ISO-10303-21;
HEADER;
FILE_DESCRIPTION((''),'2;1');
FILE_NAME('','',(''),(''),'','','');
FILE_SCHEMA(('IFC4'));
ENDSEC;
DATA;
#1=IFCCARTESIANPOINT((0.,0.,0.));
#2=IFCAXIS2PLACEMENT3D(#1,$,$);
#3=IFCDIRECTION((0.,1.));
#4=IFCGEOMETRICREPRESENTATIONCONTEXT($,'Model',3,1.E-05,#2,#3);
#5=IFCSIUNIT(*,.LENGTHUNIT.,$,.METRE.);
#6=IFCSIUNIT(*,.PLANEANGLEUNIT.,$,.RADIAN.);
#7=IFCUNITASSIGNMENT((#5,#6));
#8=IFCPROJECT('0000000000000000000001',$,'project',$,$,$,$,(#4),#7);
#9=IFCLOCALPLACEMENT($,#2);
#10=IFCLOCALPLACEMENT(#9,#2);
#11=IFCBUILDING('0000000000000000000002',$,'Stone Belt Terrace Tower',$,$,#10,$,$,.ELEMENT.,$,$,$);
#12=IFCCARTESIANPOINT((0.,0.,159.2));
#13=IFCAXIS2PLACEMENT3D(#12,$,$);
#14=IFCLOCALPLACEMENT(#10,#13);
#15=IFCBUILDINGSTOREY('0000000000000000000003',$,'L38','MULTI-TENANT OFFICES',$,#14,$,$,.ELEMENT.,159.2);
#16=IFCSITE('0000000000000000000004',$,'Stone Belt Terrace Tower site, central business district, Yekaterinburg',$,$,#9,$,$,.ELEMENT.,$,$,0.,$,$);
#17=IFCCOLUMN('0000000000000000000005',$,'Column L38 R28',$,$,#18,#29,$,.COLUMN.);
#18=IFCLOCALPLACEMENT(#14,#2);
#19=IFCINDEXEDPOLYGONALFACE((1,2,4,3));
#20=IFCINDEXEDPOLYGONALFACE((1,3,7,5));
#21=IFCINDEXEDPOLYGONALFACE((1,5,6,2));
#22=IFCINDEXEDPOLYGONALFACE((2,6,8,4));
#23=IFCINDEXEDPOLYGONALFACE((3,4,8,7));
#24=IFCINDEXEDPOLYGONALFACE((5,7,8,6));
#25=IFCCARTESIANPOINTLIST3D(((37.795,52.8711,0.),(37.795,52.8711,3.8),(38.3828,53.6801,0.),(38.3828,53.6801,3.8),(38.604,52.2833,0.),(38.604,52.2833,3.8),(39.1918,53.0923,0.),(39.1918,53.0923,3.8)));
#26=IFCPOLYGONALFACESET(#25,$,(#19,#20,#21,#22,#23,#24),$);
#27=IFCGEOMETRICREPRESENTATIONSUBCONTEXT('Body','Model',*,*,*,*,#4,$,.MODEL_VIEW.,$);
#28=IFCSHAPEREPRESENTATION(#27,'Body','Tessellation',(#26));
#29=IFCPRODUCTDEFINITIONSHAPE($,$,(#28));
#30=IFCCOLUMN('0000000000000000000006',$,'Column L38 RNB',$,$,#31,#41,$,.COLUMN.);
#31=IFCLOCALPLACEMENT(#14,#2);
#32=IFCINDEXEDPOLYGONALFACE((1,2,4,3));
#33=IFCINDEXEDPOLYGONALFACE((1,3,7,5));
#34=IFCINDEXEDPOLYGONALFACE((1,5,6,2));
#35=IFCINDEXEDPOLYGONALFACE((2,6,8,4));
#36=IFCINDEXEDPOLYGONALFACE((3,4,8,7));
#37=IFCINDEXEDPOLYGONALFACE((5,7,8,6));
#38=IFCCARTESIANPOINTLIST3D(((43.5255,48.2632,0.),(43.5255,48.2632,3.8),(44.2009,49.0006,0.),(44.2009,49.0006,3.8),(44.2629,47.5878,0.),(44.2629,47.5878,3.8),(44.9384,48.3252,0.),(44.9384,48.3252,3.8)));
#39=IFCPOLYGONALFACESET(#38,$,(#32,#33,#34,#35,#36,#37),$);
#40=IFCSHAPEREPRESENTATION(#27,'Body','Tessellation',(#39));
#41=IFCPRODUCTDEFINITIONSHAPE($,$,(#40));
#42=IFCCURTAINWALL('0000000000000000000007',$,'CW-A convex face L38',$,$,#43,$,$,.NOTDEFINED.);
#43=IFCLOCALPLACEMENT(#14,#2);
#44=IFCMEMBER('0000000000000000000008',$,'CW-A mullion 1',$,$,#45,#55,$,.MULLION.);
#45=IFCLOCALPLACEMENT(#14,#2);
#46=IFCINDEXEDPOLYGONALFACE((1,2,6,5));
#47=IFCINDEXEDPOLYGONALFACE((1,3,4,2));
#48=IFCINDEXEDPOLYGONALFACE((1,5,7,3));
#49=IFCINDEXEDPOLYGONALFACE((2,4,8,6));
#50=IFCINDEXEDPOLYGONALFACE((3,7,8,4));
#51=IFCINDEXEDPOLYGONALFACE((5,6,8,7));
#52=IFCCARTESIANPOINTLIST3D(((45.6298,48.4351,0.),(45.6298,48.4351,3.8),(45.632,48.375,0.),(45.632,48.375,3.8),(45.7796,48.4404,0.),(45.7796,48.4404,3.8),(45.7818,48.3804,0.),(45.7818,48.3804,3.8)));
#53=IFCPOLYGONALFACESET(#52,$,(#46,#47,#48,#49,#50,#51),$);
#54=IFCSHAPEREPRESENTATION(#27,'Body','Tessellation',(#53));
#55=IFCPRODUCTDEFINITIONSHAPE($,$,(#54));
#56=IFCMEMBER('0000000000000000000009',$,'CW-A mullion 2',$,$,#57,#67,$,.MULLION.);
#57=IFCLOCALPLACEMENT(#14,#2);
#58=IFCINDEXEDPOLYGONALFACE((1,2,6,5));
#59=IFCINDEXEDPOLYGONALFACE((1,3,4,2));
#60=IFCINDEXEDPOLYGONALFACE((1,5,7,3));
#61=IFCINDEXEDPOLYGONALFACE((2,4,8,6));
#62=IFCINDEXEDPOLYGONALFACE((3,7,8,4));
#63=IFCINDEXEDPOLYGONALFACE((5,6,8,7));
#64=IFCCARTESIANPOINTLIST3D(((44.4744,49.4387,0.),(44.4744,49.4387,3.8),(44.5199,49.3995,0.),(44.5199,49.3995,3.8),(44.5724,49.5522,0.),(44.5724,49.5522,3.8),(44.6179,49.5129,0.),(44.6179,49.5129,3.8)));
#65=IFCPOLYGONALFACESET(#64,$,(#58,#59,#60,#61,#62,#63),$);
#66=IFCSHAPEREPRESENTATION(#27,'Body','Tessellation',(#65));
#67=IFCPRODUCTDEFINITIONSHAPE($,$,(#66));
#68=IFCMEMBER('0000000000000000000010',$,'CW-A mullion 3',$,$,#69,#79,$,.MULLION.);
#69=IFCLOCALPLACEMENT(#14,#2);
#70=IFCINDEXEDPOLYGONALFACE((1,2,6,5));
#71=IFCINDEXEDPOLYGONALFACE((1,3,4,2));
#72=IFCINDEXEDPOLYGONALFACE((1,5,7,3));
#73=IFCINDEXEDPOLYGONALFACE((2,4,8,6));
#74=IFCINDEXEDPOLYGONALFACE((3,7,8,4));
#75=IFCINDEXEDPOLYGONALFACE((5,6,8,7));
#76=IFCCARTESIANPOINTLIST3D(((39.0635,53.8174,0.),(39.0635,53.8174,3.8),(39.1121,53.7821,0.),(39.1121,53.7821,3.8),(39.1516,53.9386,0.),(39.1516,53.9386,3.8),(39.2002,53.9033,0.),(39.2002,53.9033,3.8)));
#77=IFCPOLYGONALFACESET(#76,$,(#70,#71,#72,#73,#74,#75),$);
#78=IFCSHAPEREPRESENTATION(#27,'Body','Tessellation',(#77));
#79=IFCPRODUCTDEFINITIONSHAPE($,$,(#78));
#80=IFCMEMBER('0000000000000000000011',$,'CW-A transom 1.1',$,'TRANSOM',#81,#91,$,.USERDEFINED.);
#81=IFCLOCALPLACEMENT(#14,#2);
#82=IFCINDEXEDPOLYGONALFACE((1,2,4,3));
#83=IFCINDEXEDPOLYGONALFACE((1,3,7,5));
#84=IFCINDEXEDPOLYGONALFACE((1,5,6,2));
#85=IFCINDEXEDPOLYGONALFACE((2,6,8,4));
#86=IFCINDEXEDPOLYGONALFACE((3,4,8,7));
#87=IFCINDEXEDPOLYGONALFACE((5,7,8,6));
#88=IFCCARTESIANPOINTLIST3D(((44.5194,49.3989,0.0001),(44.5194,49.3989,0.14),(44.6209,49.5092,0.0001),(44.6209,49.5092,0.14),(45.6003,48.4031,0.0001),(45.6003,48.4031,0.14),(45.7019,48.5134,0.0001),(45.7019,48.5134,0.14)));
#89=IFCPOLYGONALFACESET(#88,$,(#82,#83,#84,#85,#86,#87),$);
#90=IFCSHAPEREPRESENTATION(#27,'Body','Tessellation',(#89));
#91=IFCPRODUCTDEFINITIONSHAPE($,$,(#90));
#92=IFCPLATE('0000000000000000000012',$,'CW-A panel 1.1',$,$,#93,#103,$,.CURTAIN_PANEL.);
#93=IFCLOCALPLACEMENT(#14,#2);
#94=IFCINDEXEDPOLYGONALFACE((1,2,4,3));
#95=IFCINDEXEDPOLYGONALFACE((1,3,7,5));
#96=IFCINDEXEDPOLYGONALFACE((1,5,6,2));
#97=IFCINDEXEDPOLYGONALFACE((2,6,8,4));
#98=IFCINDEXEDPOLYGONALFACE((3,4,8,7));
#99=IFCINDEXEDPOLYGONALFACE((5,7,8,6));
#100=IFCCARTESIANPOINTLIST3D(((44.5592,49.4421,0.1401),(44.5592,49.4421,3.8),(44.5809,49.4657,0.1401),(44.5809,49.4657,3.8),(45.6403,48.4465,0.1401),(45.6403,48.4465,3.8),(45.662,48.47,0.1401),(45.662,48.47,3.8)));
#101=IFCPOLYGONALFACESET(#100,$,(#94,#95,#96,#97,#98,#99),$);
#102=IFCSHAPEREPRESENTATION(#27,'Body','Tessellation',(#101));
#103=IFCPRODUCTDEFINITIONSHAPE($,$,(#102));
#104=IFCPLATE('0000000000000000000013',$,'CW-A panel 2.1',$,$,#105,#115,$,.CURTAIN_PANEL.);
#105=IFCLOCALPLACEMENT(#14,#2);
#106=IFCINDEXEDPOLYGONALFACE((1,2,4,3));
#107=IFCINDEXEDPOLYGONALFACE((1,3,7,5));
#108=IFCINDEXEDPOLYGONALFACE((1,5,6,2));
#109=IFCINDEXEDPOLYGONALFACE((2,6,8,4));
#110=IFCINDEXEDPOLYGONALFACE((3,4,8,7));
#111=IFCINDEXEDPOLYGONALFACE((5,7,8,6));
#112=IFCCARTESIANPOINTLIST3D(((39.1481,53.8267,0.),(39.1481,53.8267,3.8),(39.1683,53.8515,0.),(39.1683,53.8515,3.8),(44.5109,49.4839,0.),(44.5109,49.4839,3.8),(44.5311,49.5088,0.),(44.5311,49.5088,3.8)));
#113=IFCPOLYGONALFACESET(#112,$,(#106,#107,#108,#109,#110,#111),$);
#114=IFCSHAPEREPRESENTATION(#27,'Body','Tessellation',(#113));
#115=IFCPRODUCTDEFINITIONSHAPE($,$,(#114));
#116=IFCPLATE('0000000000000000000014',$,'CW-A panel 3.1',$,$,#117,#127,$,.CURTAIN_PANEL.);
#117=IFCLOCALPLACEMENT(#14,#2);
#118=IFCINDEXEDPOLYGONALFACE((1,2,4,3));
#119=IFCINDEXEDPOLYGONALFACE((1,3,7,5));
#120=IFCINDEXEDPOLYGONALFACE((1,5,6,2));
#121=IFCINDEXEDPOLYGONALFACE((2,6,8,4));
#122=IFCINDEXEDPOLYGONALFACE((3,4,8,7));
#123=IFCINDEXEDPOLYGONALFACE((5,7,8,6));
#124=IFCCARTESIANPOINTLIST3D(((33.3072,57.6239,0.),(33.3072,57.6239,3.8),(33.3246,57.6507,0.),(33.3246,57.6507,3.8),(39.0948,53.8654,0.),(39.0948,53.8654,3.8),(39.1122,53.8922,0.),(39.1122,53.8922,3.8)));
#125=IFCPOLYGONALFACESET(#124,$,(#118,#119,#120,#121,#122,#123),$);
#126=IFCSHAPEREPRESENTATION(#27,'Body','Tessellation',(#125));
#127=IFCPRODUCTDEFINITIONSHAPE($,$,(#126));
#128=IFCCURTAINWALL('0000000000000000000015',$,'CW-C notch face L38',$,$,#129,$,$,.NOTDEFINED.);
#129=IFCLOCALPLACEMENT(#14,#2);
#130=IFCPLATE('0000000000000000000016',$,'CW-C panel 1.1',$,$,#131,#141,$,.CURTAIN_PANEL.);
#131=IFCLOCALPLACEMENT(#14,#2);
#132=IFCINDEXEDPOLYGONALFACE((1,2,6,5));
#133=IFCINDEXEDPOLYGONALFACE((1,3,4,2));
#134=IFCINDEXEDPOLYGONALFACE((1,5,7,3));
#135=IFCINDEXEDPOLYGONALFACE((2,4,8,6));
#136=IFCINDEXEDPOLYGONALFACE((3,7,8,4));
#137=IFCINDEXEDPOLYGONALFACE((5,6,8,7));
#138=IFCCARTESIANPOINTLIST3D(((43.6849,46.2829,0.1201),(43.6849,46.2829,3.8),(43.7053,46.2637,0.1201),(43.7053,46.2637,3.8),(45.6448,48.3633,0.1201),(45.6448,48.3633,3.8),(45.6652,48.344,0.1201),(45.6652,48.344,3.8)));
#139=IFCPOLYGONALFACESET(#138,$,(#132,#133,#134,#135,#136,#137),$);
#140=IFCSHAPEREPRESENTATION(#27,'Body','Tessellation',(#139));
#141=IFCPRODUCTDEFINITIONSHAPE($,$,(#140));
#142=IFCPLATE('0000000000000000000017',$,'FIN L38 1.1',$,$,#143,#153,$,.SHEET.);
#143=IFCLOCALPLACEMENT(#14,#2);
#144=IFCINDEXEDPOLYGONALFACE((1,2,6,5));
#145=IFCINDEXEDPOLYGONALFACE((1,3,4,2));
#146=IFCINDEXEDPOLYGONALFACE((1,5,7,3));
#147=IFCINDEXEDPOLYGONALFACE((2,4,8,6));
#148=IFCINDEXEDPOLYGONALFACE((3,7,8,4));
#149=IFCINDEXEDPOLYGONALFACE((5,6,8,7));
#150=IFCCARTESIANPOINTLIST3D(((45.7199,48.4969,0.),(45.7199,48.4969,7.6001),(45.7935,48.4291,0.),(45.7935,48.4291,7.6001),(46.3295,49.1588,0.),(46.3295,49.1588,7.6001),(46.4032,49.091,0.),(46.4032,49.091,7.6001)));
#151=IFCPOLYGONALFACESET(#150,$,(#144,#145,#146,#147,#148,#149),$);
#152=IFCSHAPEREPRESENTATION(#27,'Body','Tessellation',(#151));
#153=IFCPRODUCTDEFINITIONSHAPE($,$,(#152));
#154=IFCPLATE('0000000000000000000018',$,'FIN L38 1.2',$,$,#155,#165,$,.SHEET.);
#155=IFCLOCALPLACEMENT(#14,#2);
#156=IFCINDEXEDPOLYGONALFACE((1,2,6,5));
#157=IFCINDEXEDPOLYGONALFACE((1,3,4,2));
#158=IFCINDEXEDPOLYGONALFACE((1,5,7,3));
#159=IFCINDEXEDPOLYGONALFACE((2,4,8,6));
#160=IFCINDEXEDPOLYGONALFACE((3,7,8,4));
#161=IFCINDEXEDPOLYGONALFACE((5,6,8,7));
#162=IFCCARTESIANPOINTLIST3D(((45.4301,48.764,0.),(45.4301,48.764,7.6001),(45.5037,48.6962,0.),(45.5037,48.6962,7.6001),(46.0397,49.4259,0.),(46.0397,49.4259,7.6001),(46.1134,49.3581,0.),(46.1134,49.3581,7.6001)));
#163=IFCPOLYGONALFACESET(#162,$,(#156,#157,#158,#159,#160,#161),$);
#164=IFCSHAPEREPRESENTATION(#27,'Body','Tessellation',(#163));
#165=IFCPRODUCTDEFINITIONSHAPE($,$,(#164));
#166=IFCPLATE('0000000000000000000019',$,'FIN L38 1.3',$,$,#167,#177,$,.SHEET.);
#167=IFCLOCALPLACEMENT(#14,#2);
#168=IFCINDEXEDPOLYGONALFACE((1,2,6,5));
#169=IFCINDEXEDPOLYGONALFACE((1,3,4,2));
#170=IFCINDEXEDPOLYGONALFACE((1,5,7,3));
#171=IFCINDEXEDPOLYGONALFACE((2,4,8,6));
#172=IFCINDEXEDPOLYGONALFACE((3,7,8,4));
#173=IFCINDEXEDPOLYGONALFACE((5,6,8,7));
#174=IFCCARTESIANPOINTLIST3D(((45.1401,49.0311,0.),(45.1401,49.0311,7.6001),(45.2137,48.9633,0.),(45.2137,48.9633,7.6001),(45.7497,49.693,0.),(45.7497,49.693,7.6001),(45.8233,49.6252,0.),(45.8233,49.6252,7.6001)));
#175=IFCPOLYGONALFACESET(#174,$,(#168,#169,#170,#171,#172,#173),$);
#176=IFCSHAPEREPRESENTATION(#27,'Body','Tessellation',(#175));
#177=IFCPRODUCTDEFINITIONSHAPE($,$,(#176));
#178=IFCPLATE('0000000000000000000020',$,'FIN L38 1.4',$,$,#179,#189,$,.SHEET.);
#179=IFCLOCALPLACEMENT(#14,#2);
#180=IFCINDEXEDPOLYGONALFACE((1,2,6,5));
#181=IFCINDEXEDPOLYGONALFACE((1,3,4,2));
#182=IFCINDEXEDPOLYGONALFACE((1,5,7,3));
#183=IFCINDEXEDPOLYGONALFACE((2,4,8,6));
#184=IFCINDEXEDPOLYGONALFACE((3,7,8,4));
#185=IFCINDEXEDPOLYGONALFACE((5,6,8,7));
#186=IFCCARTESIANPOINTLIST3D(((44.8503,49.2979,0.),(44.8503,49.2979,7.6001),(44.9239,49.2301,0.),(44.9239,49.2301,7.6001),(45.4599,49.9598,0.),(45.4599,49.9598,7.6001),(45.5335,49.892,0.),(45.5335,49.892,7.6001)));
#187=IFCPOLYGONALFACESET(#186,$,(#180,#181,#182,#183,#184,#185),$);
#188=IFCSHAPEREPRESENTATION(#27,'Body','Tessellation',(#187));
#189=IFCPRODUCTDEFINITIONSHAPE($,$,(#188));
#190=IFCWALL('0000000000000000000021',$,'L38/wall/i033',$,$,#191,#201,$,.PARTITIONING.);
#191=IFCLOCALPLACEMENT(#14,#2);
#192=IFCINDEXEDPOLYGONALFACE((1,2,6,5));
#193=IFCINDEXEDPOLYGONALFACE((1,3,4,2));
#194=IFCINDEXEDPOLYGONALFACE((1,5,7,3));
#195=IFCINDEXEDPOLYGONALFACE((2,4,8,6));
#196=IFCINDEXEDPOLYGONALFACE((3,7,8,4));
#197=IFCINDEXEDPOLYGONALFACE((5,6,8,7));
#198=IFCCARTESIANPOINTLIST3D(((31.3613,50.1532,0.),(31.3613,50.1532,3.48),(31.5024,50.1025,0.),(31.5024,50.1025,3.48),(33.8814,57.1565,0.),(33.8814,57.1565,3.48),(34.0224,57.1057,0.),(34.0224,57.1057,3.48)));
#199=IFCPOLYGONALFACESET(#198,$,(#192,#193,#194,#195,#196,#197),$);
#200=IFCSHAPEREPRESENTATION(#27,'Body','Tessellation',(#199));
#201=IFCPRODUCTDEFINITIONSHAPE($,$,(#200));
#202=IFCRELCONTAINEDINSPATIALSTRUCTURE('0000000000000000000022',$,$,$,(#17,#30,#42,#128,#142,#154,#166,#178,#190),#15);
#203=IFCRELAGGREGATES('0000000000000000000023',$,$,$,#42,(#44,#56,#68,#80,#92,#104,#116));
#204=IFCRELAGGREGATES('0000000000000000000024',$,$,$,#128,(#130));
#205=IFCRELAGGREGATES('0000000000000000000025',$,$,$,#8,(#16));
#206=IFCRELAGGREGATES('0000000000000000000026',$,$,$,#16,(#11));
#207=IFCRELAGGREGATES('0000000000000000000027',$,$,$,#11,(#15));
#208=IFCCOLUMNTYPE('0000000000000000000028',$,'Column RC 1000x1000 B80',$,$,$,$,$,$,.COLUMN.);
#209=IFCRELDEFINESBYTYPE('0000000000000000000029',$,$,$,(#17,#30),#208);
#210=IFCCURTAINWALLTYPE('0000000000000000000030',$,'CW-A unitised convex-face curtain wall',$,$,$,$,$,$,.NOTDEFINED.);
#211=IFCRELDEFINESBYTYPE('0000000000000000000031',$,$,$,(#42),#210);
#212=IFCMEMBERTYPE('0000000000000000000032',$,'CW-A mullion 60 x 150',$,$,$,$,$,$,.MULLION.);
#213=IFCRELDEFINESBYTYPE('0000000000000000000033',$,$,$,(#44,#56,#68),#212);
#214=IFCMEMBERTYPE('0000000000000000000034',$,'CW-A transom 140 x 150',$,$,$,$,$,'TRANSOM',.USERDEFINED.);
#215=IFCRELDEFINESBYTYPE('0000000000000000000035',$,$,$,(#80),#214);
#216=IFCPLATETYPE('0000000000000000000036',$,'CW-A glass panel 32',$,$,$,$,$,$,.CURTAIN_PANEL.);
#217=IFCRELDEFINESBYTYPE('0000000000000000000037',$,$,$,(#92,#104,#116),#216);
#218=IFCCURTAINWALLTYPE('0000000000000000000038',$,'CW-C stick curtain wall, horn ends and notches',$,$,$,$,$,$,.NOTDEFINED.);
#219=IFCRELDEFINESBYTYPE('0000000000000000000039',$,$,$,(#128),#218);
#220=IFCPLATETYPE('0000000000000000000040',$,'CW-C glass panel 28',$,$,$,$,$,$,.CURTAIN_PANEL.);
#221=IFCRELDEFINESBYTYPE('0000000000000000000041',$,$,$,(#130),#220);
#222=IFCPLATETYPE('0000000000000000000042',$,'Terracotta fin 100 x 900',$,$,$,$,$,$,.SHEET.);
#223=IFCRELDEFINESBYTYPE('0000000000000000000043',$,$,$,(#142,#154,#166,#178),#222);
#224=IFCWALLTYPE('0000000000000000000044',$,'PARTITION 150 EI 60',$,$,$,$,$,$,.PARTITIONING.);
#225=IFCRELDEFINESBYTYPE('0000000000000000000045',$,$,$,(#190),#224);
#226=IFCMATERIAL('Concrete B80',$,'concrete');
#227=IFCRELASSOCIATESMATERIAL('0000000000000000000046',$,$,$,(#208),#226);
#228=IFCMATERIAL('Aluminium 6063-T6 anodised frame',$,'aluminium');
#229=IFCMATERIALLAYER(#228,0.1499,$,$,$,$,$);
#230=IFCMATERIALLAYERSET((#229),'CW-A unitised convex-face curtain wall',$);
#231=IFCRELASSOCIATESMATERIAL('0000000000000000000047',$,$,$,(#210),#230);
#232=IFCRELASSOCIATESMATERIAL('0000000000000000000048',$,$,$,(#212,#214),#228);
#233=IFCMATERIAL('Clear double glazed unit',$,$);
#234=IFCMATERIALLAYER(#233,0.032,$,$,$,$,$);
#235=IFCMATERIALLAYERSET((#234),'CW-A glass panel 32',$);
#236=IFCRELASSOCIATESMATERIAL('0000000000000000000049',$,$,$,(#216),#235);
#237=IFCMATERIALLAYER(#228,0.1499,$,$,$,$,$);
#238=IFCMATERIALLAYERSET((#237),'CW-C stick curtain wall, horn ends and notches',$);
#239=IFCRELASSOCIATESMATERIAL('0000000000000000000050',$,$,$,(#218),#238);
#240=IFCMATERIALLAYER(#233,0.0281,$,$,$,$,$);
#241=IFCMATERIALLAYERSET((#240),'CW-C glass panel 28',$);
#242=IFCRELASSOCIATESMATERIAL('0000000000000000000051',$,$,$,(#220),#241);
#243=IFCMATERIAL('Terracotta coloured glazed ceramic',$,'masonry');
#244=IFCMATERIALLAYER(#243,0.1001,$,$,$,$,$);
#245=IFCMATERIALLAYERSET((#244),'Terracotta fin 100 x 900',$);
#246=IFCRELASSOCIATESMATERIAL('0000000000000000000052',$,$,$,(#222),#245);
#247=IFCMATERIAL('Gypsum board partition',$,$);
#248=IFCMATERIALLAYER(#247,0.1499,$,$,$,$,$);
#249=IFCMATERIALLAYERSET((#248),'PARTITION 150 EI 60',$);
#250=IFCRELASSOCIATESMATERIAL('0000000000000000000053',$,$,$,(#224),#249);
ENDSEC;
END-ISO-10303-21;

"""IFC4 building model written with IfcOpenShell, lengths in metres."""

from ifc_helpers import new_model, si_unit, direction, frame, frame_2d, origin, origin_2d, place, context, subcontext, project, spatial, rectangle, extrude, material, layer, layer_set, material_profile, profile_set, type_object, element, aggregate, save


model = new_model("IFC4")

# Units and contexts
model_context = context("Model", 3, precision=1e-05, world=origin(), true_north=direction((0.0, 1.0)))
body_context = subcontext(model_context, "Body", "Model", "MODEL_VIEW")
ifc_project = project(units=[si_unit("LENGTHUNIT", "METRE"), si_unit("PLANEANGLEUNIT", "RADIAN")], contexts=[model_context])

# Site, building, storey
site_placement = place(None, origin())
site = spatial("IfcSite", under=ifc_project, at=site_placement, Name="Stone Belt Terrace Tower site, central business district, Yekaterinburg", CompositionType="ELEMENT", RefElevation=0.0)
building_placement = place(site_placement, origin())
building = spatial("IfcBuilding", under=site, at=building_placement, Name="Stone Belt Terrace Tower", CompositionType="ELEMENT")
storey_placement = place(building_placement, frame((0.0, 0.0, 159.2)))
storey = spatial("IfcBuildingStorey", under=building, at=storey_placement, Name="L38", Description="MULTI-TENANT OFFICES", CompositionType="ELEMENT", Elevation=159.2)

# Columns
ifc_material_1 = material(Name="Concrete B80", Category="concrete")
ifc_material_profile_1 = material_profile(ifc_material_1, rectangle(XDim=1.0, YDim=1.0, at=origin_2d()), Name="RC 1000x1000")
ifc_profile_set_1 = profile_set([ifc_material_profile_1], Name="Concrete B80")
column_type = type_object("IfcColumnType", Name="Column RC 1000x1000 B80", PredefinedType="COLUMN", material=ifc_profile_set_1)
for number, where, z_axis, x_axis, name in (
    (1, (38.4934, 52.9817, 0.0), (0.0, 0.0, 1.0), (0.809017, -0.587785, 0.0), "Column L38 R28"),
    (2, (44.2319, 48.2942, 0.0), (0.0, 0.0, 1.0), (0.737441, -0.675411, 0.0), "Column L38 RNB"),
):
    element("IfcColumn", number, at=place(storey_placement, frame(where, z_axis=z_axis, x_axis=x_axis)), inside=storey, type_object=column_type, Name=name, PredefinedType="COLUMN", context=body_context, shape_type="SweptSolid", body=[
        extrude(rectangle(XDim=1.0, YDim=1.0, at=origin_2d()), origin(), (0.0, 0.0, 1.0), 3.8),
    ])

# Curtain wall, members, plates
ifc_material_2 = material(Name="Aluminium 6063-T6 anodised frame", Category="aluminium")
ifc_layer_1 = layer(ifc_material_2, 0.1499)
ifc_layer_set_1 = layer_set([ifc_layer_1], Name="CW-A unitised convex-face curtain wall")
curtain_wall_type_1 = type_object("IfcCurtainWallType", Name="CW-A unitised convex-face curtain wall", PredefinedType="NOTDEFINED", material=ifc_layer_set_1)
curtain_wall_1_placement = place(storey_placement, origin())
curtain_wall_1 = element("IfcCurtainWall", 3, at=curtain_wall_1_placement, inside=storey, type_object=curtain_wall_type_1, Name="CW-A convex face L38", PredefinedType="NOTDEFINED")
ifc_material_profile_2 = material_profile(ifc_material_2, rectangle(XDim=0.1499, YDim=0.0601, at=origin_2d()), Name="Aluminium 6063-T6 60x150")
ifc_profile_set_2 = profile_set([ifc_material_profile_2], Name="Aluminium 6063-T6 anodised frame")
member_type_1 = type_object("IfcMemberType", Name="CW-A mullion 60 x 150", PredefinedType="MULLION", material=ifc_profile_set_2)
member_1_placement = place(storey_placement, frame((45.7058, 48.4077, 0.0), z_axis=(0.0, 0.0, 1.0), x_axis=(-0.999371, -0.035453, 0.0)))
member_1 = element("IfcMember", 4, at=member_1_placement, type_object=member_type_1, Name="CW-A mullion 1", PredefinedType="MULLION", context=body_context, shape_type="SweptSolid", body=[
    extrude(rectangle(XDim=0.1499, YDim=0.0601, at=origin_2d()), origin(), (0.0, 0.0, 1.0), 3.8),
])
member_2_placement = place(storey_placement, frame((44.5461, 49.4758, 0.0), z_axis=(0.0, 0.0, 1.0), x_axis=(-0.653721, -0.756736, 0.0)))
member_2 = element("IfcMember", 5, at=member_2_placement, type_object=member_type_1, Name="CW-A mullion 2", PredefinedType="MULLION", context=body_context, shape_type="SweptSolid", body=[
    extrude(rectangle(XDim=0.1499, YDim=0.0601, at=origin_2d()), origin(), (0.0, 0.0, 1.0), 3.8),
])
member_3_placement = place(storey_placement, frame((39.1318, 53.8604, 0.0), z_axis=(0.0, 0.0, 1.0), x_axis=(-0.587785, -0.809017, 0.0)))
member_3 = element("IfcMember", 6, at=member_3_placement, type_object=member_type_1, Name="CW-A mullion 3", PredefinedType="MULLION", context=body_context, shape_type="SweptSolid", body=[
    extrude(rectangle(XDim=0.1499, YDim=0.0601, at=origin_2d()), origin(), (0.0, 0.0, 1.0), 3.8),
])
ifc_material_profile_3 = material_profile(ifc_material_2, rectangle(XDim=0.1499, YDim=0.1399, at=origin_2d()), Name="Aluminium 6063-T6 150x140")
ifc_profile_set_3 = profile_set([ifc_material_profile_3], Name="Aluminium 6063-T6 anodised frame")
member_type_2 = type_object("IfcMemberType", Name="CW-A transom 140 x 150", ElementType="TRANSOM", PredefinedType="USERDEFINED", material=ifc_profile_set_3)
member_4_placement = place(storey_placement, frame((45.6511, 48.4583, 0.0701), z_axis=(-0.735497, 0.677528, 0.0), x_axis=(-0.677528, -0.735497, 0.0)))
member_4 = element("IfcMember", 7, at=member_4_placement, type_object=member_type_2, Name="CW-A transom 1.1", ObjectType="TRANSOM", PredefinedType="USERDEFINED", context=body_context, shape_type="SweptSolid", body=[
    extrude(rectangle(XDim=0.1499, YDim=0.1399, at=origin_2d()), origin(), (0.0, 0.0, 1.0), 1.4697),
])
ifc_material_3 = material(Name="Clear double glazed unit")
ifc_layer_2 = layer(ifc_material_3, 0.032)
ifc_layer_set_2 = layer_set([ifc_layer_2], Name="CW-A glass panel 32")
plate_type_1 = type_object("IfcPlateType", Name="CW-A glass panel 32", PredefinedType="CURTAIN_PANEL", material=ifc_layer_set_2)
plate_1_placement = place(storey_placement, frame((45.1106, 48.9561, 0.1401), z_axis=(0.0, 0.0, 1.0), x_axis=(-0.735559, 0.67746, 0.0)))
plate_1 = element("IfcPlate", 8, at=plate_1_placement, type_object=plate_type_1, Name="CW-A panel 1.1", PredefinedType="CURTAIN_PANEL", context=body_context, shape_type="SweptSolid", body=[
    extrude(rectangle(XDim=1.4697, YDim=0.032, at=origin_2d()), origin(), (0.0, 0.0, 1.0), 3.6599),
])
plate_2_placement = place(storey_placement, frame((41.8396, 51.6677, 0.0), z_axis=(0.0, 0.0, 1.0), x_axis=(-0.777146, 0.62932, 0.0)))
plate_2 = element("IfcPlate", 9, at=plate_2_placement, type_object=plate_type_1, Name="CW-A panel 2.1", PredefinedType="CURTAIN_PANEL", context=body_context, shape_type="SweptSolid", body=[
    extrude(rectangle(XDim=6.9006, YDim=0.032, at=origin_2d()), origin(), (0.0, 0.0, 1.0), 3.8),
])
plate_3_placement = place(storey_placement, frame((36.2097, 55.7581, 0.0), z_axis=(0.0, 0.0, 1.0), x_axis=(-0.838671, 0.544639, 0.0)))
plate_3 = element("IfcPlate", 10, at=plate_3_placement, type_object=plate_type_1, Name="CW-A panel 3.1", PredefinedType="CURTAIN_PANEL", context=body_context, shape_type="SweptSolid", body=[
    extrude(rectangle(XDim=6.9009, YDim=0.032, at=origin_2d()), origin(), (0.0, 0.0, 1.0), 3.8),
])
aggregate(curtain_wall_1, [member_1, member_2, member_3, member_4, plate_1, plate_2, plate_3])

# Curtain wall, plate
ifc_layer_3 = layer(ifc_material_2, 0.1499)
ifc_layer_set_3 = layer_set([ifc_layer_3], Name="CW-C stick curtain wall, horn ends and notches")
curtain_wall_type_2 = type_object("IfcCurtainWallType", Name="CW-C stick curtain wall, horn ends and notches", PredefinedType="NOTDEFINED", material=ifc_layer_set_3)
curtain_wall_2_placement = place(storey_placement, origin())
curtain_wall_2 = element("IfcCurtainWall", 11, at=curtain_wall_2_placement, inside=storey, type_object=curtain_wall_type_2, Name="CW-C notch face L38", PredefinedType="NOTDEFINED")
ifc_layer_4 = layer(ifc_material_3, 0.0281)
ifc_layer_set_4 = layer_set([ifc_layer_4], Name="CW-C glass panel 28")
plate_type_2 = type_object("IfcPlateType", Name="CW-C glass panel 28", PredefinedType="CURTAIN_PANEL", material=ifc_layer_set_4)
plate_4_placement = place(storey_placement, frame((44.675, 47.3135, 0.1201), z_axis=(0.0, 0.0, 1.0), x_axis=(0.685704, 0.72788, 0.0)))
plate_4 = element("IfcPlate", 12, at=plate_4_placement, type_object=plate_type_2, Name="CW-C panel 1.1", PredefinedType="CURTAIN_PANEL", context=body_context, shape_type="SweptSolid", body=[
    extrude(rectangle(XDim=2.8582, YDim=0.0281, at=origin_2d()), origin(), (0.0, 0.0, 1.0), 3.6799),
])
aggregate(curtain_wall_2, [plate_4])

# Plates
ifc_material_4 = material(Name="Terracotta coloured glazed ceramic", Category="masonry")
ifc_layer_5 = layer(ifc_material_4, 0.1001)
ifc_layer_set_5 = layer_set([ifc_layer_5], Name="Terracotta fin 100 x 900")
plate_type_3 = type_object("IfcPlateType", Name="Terracotta fin 100 x 900", PredefinedType="SHEET", material=ifc_layer_set_5)
for number, where, z_axis, x_axis, name in (
    (13, (46.0615, 48.7939, 0.0), (0.0, 0.0, 1.0), (0.67746, 0.735559, 0.0), "FIN L38 1.1"),
    (14, (45.7717, 49.061, 0.0), (0.0, 0.0, 1.0), (0.67746, 0.735559, 0.0), "FIN L38 1.2"),
    (15, (45.4817, 49.3281, 0.0), (0.0, 0.0, 1.0), (0.67746, 0.735559, 0.0), "FIN L38 1.3"),
    (16, (45.1919, 49.595, 0.0), (0.0, 0.0, 1.0), (0.67746, 0.735559, 0.0), "FIN L38 1.4"),
):
    element("IfcPlate", number, at=place(storey_placement, frame(where, z_axis=z_axis, x_axis=x_axis)), inside=storey, type_object=plate_type_3, Name=name, PredefinedType="SHEET", context=body_context, shape_type="SweptSolid", body=[
        extrude(rectangle(XDim=0.8999, YDim=0.1001, at=origin_2d()), origin(), (0.0, 0.0, 1.0), 7.6001),
    ])

# Wall
ifc_material_5 = material(Name="Gypsum board partition")
ifc_layer_6 = layer(ifc_material_5, 0.1499)
ifc_layer_set_6 = layer_set([ifc_layer_6], Name="PARTITION 150 EI 60")
wall_type_1 = type_object("IfcWallType", Name="PARTITION 150 EI 60", PredefinedType="PARTITIONING", material=ifc_layer_set_6)
wall_1_placement = place(storey_placement, frame((33.9519, 57.1311, 0.0), z_axis=(0.0, 0.0, 1.0), x_axis=(-0.338586, -0.940935, 0.0)))
element("IfcWall", 17, at=wall_1_placement, inside=storey, type_object=wall_type_1, Name="L38/wall/i033", PredefinedType="PARTITIONING", context=body_context, shape_type="SweptSolid", body=[
    extrude(rectangle(XDim=7.4429, YDim=0.1499, at=frame_2d((3.7214, 0.0))), origin(), (0.0, 0.0, 1.0), 3.48),
])

save(model, "model.ifc")
